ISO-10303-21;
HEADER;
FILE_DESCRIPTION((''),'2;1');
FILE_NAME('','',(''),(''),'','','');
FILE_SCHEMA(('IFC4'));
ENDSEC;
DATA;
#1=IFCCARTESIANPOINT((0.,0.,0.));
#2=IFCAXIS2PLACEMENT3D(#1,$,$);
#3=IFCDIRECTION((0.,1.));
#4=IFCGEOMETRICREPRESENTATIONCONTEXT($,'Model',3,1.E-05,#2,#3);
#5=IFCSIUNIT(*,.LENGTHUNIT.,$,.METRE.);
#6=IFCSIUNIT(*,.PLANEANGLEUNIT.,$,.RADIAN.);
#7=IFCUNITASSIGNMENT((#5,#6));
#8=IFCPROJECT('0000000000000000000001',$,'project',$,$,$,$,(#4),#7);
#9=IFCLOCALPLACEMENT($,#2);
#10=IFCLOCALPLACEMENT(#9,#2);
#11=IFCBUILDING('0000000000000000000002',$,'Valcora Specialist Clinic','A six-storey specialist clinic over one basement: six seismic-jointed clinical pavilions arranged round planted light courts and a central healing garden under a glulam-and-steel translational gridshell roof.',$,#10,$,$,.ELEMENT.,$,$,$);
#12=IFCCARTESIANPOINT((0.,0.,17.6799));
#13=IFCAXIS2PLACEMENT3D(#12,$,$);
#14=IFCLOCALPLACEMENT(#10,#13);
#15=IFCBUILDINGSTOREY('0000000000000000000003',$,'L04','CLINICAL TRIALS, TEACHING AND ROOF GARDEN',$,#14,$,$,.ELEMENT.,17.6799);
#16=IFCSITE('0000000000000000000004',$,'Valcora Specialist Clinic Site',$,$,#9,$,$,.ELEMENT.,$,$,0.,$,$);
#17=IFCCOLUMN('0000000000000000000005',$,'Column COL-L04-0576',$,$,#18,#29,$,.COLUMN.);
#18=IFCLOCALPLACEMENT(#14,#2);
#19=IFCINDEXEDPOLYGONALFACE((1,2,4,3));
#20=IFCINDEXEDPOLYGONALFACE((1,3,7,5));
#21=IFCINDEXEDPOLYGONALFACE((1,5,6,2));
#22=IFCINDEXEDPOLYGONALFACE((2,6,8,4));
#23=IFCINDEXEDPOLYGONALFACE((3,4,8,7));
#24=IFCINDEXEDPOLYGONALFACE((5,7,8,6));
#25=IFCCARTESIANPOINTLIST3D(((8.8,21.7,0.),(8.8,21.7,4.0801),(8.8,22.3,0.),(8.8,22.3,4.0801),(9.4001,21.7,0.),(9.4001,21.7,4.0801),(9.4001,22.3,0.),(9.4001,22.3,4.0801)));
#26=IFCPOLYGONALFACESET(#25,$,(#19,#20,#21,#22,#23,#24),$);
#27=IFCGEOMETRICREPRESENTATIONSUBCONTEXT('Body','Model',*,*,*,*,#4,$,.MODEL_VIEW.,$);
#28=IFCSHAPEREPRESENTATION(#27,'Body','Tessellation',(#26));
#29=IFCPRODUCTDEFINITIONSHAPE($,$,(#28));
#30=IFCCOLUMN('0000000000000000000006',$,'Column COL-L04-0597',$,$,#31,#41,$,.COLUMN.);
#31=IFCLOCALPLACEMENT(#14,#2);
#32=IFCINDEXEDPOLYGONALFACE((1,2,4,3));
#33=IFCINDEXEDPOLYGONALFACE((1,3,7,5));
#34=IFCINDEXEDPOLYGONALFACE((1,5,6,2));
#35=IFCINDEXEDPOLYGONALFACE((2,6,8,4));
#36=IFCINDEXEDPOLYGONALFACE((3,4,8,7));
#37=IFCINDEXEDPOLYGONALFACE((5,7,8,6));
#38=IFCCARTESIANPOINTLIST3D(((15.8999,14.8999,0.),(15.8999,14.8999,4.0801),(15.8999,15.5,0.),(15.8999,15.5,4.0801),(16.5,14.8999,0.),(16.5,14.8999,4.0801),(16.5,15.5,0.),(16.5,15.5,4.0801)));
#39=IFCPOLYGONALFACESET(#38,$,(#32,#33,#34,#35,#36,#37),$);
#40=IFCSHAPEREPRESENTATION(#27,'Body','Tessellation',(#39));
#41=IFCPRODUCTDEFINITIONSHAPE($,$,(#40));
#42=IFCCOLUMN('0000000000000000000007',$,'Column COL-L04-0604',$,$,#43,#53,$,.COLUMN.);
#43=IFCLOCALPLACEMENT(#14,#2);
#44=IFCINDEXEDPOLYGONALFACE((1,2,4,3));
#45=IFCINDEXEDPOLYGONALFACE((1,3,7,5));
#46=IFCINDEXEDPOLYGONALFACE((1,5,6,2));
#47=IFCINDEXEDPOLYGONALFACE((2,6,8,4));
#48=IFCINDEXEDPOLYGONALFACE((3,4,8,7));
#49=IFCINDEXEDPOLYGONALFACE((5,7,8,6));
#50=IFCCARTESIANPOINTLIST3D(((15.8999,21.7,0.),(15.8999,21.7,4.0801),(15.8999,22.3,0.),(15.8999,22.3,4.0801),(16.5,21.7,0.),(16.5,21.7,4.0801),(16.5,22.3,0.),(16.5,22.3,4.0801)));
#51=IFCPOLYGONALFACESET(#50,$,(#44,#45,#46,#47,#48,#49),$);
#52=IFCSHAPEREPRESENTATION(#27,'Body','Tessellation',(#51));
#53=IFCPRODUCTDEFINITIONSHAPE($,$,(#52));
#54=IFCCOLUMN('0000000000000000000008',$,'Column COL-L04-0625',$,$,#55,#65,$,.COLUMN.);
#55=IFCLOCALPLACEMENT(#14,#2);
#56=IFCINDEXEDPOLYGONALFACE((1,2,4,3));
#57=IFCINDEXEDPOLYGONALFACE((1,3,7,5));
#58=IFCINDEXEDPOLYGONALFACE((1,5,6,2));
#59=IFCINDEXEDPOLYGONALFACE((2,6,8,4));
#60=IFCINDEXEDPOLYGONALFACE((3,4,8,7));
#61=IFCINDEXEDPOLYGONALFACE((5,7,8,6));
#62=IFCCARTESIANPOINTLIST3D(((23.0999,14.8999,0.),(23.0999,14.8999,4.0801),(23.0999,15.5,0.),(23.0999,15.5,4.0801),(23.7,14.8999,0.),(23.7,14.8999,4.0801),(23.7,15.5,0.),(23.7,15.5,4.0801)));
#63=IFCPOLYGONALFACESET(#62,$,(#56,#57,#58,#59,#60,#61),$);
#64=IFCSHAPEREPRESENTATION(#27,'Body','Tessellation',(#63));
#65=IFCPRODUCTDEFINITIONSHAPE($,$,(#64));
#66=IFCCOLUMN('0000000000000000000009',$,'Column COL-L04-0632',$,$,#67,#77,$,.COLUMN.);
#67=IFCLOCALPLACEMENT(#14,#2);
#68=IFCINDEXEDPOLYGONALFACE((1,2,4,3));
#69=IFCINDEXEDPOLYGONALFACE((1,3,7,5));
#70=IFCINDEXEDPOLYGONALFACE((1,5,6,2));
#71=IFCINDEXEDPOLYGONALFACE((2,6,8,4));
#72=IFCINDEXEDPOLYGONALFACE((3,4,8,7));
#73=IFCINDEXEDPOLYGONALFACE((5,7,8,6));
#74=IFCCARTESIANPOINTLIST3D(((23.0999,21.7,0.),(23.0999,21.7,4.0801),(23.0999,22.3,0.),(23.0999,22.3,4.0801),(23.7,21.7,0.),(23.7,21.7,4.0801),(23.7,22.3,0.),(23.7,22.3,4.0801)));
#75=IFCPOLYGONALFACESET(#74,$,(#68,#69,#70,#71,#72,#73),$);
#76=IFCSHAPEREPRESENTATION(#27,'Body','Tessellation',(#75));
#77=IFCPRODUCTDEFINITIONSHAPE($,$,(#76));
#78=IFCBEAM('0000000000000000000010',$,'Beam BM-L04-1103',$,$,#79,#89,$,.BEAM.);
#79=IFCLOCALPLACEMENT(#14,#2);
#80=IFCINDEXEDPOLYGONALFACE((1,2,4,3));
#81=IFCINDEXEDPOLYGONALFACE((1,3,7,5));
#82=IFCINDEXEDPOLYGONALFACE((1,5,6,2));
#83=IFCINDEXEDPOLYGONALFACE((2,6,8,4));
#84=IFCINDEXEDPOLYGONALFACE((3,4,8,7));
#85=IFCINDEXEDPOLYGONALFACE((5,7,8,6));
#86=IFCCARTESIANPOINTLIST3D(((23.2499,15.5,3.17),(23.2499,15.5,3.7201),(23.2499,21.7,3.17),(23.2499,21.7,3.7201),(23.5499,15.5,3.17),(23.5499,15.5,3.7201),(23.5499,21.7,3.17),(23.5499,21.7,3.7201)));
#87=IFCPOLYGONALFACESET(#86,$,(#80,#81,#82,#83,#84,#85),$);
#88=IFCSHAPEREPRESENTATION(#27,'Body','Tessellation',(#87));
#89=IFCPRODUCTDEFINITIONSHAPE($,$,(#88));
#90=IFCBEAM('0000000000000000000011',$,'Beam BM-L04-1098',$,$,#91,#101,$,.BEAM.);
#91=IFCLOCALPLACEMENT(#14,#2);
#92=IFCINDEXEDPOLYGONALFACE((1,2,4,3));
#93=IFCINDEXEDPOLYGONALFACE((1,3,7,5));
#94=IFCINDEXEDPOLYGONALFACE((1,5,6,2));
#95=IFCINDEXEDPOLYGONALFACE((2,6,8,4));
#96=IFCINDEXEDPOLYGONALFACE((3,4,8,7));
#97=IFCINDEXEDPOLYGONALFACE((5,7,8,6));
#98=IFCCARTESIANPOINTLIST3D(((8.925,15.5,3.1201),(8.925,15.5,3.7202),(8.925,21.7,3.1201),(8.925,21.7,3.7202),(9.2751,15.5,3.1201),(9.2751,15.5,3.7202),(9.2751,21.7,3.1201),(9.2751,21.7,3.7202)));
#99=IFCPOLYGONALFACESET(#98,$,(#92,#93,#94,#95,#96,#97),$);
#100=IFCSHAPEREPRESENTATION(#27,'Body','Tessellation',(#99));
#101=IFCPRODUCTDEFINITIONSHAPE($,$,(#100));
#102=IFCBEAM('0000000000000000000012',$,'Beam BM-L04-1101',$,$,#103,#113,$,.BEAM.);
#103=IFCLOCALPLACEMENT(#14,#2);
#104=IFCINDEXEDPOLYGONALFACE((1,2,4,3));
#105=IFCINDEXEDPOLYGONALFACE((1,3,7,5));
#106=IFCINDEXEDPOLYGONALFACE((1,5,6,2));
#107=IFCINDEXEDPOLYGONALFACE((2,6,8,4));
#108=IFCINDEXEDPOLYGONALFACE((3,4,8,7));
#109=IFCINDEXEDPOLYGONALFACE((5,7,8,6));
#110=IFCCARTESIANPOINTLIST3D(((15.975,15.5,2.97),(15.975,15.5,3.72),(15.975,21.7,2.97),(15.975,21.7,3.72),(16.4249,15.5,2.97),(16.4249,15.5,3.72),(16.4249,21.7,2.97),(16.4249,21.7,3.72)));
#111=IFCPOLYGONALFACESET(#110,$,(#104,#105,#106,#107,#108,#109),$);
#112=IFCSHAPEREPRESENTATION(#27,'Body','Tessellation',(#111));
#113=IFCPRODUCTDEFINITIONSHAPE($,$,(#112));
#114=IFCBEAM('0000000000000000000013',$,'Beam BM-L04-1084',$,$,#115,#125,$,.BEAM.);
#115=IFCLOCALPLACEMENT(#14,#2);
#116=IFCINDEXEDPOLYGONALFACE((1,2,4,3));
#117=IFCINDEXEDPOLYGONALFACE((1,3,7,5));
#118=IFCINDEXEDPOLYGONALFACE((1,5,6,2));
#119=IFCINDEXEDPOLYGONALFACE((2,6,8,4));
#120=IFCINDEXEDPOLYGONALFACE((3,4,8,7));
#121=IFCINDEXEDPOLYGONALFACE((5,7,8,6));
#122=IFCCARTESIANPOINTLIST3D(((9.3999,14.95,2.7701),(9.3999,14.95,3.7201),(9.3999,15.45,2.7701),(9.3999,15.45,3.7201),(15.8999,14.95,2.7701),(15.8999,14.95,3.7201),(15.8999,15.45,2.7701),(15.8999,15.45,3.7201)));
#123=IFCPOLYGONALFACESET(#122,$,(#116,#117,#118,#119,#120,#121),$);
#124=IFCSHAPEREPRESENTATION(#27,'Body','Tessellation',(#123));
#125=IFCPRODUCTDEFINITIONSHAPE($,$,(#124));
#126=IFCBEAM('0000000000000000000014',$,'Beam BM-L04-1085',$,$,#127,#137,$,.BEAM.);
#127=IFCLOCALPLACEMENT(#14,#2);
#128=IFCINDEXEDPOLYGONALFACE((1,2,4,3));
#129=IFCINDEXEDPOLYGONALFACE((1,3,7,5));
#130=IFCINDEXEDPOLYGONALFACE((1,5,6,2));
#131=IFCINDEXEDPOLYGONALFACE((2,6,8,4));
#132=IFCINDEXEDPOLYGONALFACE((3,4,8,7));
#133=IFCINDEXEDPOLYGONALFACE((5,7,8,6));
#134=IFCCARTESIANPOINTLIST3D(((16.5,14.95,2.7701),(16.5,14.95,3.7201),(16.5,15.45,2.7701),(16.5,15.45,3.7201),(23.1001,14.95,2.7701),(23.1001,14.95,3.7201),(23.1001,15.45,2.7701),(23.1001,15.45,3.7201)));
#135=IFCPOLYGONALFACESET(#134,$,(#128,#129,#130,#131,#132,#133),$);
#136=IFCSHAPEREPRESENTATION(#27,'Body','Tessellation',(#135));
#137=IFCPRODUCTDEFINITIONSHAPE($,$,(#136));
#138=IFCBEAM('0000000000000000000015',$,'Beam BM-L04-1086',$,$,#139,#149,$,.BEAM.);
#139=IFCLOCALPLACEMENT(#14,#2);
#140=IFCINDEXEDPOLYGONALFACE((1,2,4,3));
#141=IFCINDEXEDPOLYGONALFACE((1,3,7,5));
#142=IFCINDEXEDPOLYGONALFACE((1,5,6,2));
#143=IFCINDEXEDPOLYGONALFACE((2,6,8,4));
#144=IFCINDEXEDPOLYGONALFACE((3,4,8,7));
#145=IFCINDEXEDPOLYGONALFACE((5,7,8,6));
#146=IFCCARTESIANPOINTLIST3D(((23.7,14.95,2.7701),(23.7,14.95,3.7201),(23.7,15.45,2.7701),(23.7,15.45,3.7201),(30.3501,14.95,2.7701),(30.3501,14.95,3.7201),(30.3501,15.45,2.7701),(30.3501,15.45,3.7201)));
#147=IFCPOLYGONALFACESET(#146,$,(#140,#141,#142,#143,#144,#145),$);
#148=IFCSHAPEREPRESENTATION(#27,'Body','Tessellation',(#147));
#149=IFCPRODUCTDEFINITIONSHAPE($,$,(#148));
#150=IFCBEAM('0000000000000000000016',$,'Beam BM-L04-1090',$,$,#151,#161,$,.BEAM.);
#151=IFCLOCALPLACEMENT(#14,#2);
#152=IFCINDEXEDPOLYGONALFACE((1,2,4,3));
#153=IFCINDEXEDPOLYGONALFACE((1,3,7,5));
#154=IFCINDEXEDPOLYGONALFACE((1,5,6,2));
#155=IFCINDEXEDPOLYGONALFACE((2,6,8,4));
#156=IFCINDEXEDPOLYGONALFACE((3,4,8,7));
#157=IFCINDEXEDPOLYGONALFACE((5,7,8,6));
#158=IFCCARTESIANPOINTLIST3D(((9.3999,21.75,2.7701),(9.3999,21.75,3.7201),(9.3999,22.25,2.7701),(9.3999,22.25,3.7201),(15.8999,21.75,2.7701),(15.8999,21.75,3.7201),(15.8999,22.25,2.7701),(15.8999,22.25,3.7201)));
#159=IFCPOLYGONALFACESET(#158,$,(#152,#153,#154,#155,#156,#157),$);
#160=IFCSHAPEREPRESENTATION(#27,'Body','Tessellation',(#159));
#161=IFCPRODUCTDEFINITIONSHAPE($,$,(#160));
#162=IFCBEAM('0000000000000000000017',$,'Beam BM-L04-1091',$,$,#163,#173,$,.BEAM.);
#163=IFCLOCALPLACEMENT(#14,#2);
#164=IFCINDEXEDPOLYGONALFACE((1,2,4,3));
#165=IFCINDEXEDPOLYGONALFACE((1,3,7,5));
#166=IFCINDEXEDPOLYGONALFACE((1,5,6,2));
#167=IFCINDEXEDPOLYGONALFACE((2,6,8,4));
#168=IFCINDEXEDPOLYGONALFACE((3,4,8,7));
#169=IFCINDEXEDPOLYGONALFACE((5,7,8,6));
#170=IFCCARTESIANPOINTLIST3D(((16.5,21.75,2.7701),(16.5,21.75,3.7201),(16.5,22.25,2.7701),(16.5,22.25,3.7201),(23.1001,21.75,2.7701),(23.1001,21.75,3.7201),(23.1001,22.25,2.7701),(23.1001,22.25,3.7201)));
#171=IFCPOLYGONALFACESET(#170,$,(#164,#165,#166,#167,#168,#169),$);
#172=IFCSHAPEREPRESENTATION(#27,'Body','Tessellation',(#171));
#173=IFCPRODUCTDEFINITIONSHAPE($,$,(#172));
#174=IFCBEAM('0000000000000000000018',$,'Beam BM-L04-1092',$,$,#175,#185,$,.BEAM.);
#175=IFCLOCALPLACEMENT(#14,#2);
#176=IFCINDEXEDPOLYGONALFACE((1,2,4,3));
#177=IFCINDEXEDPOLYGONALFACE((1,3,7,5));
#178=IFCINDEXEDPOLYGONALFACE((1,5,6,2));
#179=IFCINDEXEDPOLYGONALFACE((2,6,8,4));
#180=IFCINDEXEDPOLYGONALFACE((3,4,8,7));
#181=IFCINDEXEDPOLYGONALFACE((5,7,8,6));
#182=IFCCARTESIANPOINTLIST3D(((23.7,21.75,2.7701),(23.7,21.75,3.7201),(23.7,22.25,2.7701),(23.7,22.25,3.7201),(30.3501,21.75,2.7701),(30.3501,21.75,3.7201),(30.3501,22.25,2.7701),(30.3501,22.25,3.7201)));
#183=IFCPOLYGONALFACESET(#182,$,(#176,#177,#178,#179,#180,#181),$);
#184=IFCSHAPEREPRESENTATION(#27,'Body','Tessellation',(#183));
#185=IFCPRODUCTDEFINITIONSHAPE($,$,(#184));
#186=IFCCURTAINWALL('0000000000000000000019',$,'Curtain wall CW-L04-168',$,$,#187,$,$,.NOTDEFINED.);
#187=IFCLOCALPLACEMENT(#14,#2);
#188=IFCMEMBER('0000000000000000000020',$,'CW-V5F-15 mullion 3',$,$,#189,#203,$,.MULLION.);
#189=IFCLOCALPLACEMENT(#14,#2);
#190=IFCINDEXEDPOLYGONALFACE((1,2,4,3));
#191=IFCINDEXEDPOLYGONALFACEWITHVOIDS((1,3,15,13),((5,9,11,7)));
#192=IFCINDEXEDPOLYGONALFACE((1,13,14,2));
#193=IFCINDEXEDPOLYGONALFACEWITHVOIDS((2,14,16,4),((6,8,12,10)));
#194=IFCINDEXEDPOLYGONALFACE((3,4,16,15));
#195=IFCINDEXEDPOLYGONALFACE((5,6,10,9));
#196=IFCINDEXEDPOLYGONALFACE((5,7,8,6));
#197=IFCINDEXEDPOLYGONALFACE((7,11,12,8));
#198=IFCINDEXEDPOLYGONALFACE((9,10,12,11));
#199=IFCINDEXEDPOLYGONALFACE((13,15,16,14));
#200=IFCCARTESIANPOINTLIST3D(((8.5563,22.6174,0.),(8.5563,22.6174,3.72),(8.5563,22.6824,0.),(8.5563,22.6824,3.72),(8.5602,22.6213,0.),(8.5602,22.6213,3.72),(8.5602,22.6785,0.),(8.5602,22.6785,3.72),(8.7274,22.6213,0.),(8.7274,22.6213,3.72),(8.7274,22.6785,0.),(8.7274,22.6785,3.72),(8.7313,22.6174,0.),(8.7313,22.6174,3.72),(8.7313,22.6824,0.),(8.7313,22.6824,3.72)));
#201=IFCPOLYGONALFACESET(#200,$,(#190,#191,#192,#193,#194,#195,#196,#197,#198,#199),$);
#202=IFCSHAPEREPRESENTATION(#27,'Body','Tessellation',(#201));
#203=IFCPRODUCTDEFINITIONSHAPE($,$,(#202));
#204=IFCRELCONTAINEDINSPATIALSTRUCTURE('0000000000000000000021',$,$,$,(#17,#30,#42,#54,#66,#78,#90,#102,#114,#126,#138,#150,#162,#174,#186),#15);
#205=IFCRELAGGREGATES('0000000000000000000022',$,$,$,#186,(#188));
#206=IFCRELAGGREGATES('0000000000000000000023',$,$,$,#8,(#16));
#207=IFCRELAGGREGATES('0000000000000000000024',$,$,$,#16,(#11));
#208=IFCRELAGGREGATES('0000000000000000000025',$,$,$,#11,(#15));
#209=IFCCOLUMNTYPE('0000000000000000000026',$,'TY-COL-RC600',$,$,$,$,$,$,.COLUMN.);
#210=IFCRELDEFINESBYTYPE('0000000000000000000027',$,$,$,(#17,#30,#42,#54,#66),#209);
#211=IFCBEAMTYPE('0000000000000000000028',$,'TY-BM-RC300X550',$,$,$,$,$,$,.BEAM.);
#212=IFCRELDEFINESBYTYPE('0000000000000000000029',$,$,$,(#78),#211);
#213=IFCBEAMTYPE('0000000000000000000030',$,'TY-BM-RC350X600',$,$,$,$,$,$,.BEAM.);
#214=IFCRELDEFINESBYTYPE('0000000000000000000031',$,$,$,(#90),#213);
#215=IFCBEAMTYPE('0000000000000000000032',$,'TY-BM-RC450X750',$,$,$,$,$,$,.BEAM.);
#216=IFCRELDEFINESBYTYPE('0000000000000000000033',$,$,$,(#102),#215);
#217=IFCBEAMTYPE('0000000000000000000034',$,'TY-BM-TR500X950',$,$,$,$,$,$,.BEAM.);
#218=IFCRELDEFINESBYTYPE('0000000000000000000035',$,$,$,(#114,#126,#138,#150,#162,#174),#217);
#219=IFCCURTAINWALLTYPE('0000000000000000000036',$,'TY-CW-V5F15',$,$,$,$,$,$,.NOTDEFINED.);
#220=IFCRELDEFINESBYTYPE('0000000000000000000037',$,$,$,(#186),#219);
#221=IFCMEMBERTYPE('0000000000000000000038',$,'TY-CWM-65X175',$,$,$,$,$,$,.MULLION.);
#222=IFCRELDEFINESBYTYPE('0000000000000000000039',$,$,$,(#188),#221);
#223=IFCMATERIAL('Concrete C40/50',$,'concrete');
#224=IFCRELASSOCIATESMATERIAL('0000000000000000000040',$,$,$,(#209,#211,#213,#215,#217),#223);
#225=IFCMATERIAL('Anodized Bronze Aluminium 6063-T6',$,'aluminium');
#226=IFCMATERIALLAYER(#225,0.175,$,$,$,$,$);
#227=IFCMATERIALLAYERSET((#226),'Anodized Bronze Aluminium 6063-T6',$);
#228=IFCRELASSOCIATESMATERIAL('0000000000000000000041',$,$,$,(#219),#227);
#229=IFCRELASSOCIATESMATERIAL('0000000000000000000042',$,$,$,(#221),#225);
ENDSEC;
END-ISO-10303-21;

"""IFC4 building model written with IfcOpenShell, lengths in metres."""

from ifc_helpers import new_model, si_unit, direction, frame, origin, origin_2d, place, context, subcontext, project, spatial, rectangle, hollow_rectangle, extrude, material, layer, layer_set, material_profile, profile_set, type_object, element, aggregate, save


model = new_model("IFC4")

# Units and contexts
model_context = context("Model", 3, precision=1e-05, world=origin(), true_north=direction((0.0, 1.0)))
body_context = subcontext(model_context, "Body", "Model", "MODEL_VIEW")
ifc_project = project(units=[si_unit("LENGTHUNIT", "METRE"), si_unit("PLANEANGLEUNIT", "RADIAN")], contexts=[model_context])

# Site, building, storey
site_placement = place(None, origin())
site = spatial("IfcSite", under=ifc_project, at=site_placement, Name="Valcora Specialist Clinic Site", CompositionType="ELEMENT", RefElevation=0.0)
building_placement = place(site_placement, origin())
building = spatial("IfcBuilding", under=site, at=building_placement, Name="Valcora Specialist Clinic", Description="A six-storey specialist clinic over one basement: six seismic-jointed clinical pavilions arranged round planted light courts and a central healing garden under a glulam-and-steel translational gridshell roof.", CompositionType="ELEMENT")
storey_placement = place(building_placement, frame((0.0, 0.0, 17.6799)))
storey = spatial("IfcBuildingStorey", under=building, at=storey_placement, Name="L04", Description="CLINICAL TRIALS, TEACHING AND ROOF GARDEN", CompositionType="ELEMENT", Elevation=17.6799)

# Columns
ifc_material_1 = material(Name="Concrete C40/50", Category="concrete")
ifc_material_profile_1 = material_profile(ifc_material_1, rectangle(XDim=0.6001, YDim=0.6001, at=origin_2d()), Name="RC-COL-600X600")
ifc_profile_set_1 = profile_set([ifc_material_profile_1], Name="Concrete C40/50")
column_type = type_object("IfcColumnType", Name="TY-COL-RC600", PredefinedType="COLUMN", material=ifc_profile_set_1)
for number, where, z_axis, x_axis, name in (
    (1, (9.1001, 22.0, 0.0), (0.0, 0.0, 1.0), (1.0, 0.0, 0.0), "Column COL-L04-0576"),
    (2, (16.2, 15.2, 0.0), (0.0, 0.0, 1.0), (1.0, 0.0, 0.0), "Column COL-L04-0597"),
    (3, (16.2, 22.0, 0.0), (0.0, 0.0, 1.0), (1.0, 0.0, 0.0), "Column COL-L04-0604"),
    (4, (23.3999, 15.2, 0.0), (0.0, 0.0, 1.0), (1.0, 0.0, 0.0), "Column COL-L04-0625"),
    (5, (23.3999, 22.0, 0.0), (0.0, 0.0, 1.0), (1.0, 0.0, 0.0), "Column COL-L04-0632"),
):
    element("IfcColumn", number, at=place(storey_placement, frame(where, z_axis=z_axis, x_axis=x_axis)), inside=storey, type_object=column_type, Name=name, PredefinedType="COLUMN", context=body_context, shape_type="SweptSolid", body=[
        extrude(rectangle(XDim=0.6001, YDim=0.6001, at=origin_2d()), origin(), (0.0, 0.0, 1.0), 4.0801),
    ])

# Beams
ifc_material_profile_2 = material_profile(ifc_material_1, rectangle(XDim=0.3, YDim=0.55, at=origin_2d()), Name="RC-BM-300X550")
ifc_profile_set_2 = profile_set([ifc_material_profile_2], Name="Concrete C40/50")
beam_type_1 = type_object("IfcBeamType", Name="TY-BM-RC300X550", PredefinedType="BEAM", material=ifc_profile_set_2)
beam_1_placement = place(storey_placement, frame((23.3999, 15.5, 3.4451), z_axis=(0.0, 1.0, 0.0), x_axis=(-1.0, 0.0, 0.0)))
element("IfcBeam", 6, at=beam_1_placement, inside=storey, type_object=beam_type_1, Name="Beam BM-L04-1103", PredefinedType="BEAM", context=body_context, shape_type="SweptSolid", body=[
    extrude(rectangle(XDim=0.3, YDim=0.55, at=origin_2d()), origin(), (0.0, 0.0, 1.0), 6.2),
])
ifc_material_profile_3 = material_profile(ifc_material_1, rectangle(XDim=0.3501, YDim=0.6001, at=origin_2d()), Name="RC-BM-350X600")
ifc_profile_set_3 = profile_set([ifc_material_profile_3], Name="Concrete C40/50")
beam_type_2 = type_object("IfcBeamType", Name="TY-BM-RC350X600", PredefinedType="BEAM", material=ifc_profile_set_3)
beam_2_placement = place(storey_placement, frame((9.1001, 15.5, 3.4202), z_axis=(0.0, 1.0, 0.0), x_axis=(-1.0, 0.0, 0.0)))
element("IfcBeam", 7, at=beam_2_placement, inside=storey, type_object=beam_type_2, Name="Beam BM-L04-1098", PredefinedType="BEAM", context=body_context, shape_type="SweptSolid", body=[
    extrude(rectangle(XDim=0.3501, YDim=0.6001, at=origin_2d()), origin(), (0.0, 0.0, 1.0), 6.2),
])
ifc_material_profile_4 = material_profile(ifc_material_1, rectangle(XDim=0.45, YDim=0.75, at=origin_2d()), Name="RC-BM-450X750")
ifc_profile_set_4 = profile_set([ifc_material_profile_4], Name="Concrete C40/50")
beam_type_3 = type_object("IfcBeamType", Name="TY-BM-RC450X750", PredefinedType="BEAM", material=ifc_profile_set_4)
beam_3_placement = place(storey_placement, frame((16.2, 15.5, 3.345), z_axis=(0.0, 1.0, 0.0), x_axis=(-1.0, 0.0, 0.0)))
element("IfcBeam", 8, at=beam_3_placement, inside=storey, type_object=beam_type_3, Name="Beam BM-L04-1101", PredefinedType="BEAM", context=body_context, shape_type="SweptSolid", body=[
    extrude(rectangle(XDim=0.45, YDim=0.75, at=origin_2d()), origin(), (0.0, 0.0, 1.0), 6.2),
])
ifc_material_profile_5 = material_profile(ifc_material_1, rectangle(XDim=0.5, YDim=0.95, at=origin_2d()), Name="RC-BM-500X950")
ifc_profile_set_5 = profile_set([ifc_material_profile_5], Name="Concrete C40/50")
beam_type_4 = type_object("IfcBeamType", Name="TY-BM-TR500X950", PredefinedType="BEAM", material=ifc_profile_set_5)
beam_4_placement = place(storey_placement, frame((9.3999, 15.2, 3.2451), z_axis=(1.0, 0.0, 0.0), x_axis=(0.0, 1.0, 0.0)))
element("IfcBeam", 9, at=beam_4_placement, inside=storey, type_object=beam_type_4, Name="Beam BM-L04-1084", PredefinedType="BEAM", context=body_context, shape_type="SweptSolid", body=[
    extrude(rectangle(XDim=0.5, YDim=0.95, at=origin_2d()), origin(), (0.0, 0.0, 1.0), 6.5),
])
beam_5_placement = place(storey_placement, frame((16.5, 15.2, 3.2451), z_axis=(1.0, 0.0, 0.0), x_axis=(0.0, 1.0, 0.0)))
element("IfcBeam", 10, at=beam_5_placement, inside=storey, type_object=beam_type_4, Name="Beam BM-L04-1085", PredefinedType="BEAM", context=body_context, shape_type="SweptSolid", body=[
    extrude(rectangle(XDim=0.5, YDim=0.95, at=origin_2d()), origin(), (0.0, 0.0, 1.0), 6.6001),
])
beam_6_placement = place(storey_placement, frame((23.7, 15.2, 3.2451), z_axis=(1.0, 0.0, 0.0), x_axis=(0.0, 1.0, 0.0)))
element("IfcBeam", 11, at=beam_6_placement, inside=storey, type_object=beam_type_4, Name="Beam BM-L04-1086", PredefinedType="BEAM", context=body_context, shape_type="SweptSolid", body=[
    extrude(rectangle(XDim=0.5, YDim=0.95, at=origin_2d()), origin(), (0.0, 0.0, 1.0), 6.6501),
])
beam_7_placement = place(storey_placement, frame((9.3999, 22.0, 3.2451), z_axis=(1.0, 0.0, 0.0), x_axis=(0.0, 1.0, 0.0)))
element("IfcBeam", 12, at=beam_7_placement, inside=storey, type_object=beam_type_4, Name="Beam BM-L04-1090", PredefinedType="BEAM", context=body_context, shape_type="SweptSolid", body=[
    extrude(rectangle(XDim=0.5, YDim=0.95, at=origin_2d()), origin(), (0.0, 0.0, 1.0), 6.5),
])
beam_8_placement = place(storey_placement, frame((16.5, 22.0, 3.2451), z_axis=(1.0, 0.0, 0.0), x_axis=(0.0, 1.0, 0.0)))
element("IfcBeam", 13, at=beam_8_placement, inside=storey, type_object=beam_type_4, Name="Beam BM-L04-1091", PredefinedType="BEAM", context=body_context, shape_type="SweptSolid", body=[
    extrude(rectangle(XDim=0.5, YDim=0.95, at=origin_2d()), origin(), (0.0, 0.0, 1.0), 6.6001),
])
beam_9_placement = place(storey_placement, frame((23.7, 22.0, 3.2451), z_axis=(1.0, 0.0, 0.0), x_axis=(0.0, 1.0, 0.0)))
element("IfcBeam", 14, at=beam_9_placement, inside=storey, type_object=beam_type_4, Name="Beam BM-L04-1092", PredefinedType="BEAM", context=body_context, shape_type="SweptSolid", body=[
    extrude(rectangle(XDim=0.5, YDim=0.95, at=origin_2d()), origin(), (0.0, 0.0, 1.0), 6.6501),
])

# Curtain wall, member
ifc_material_2 = material(Name="Anodized Bronze Aluminium 6063-T6", Category="aluminium")
ifc_layer_1 = layer(ifc_material_2, 0.175)
ifc_layer_set_1 = layer_set([ifc_layer_1], Name="Anodized Bronze Aluminium 6063-T6")
curtain_wall_type = type_object("IfcCurtainWallType", Name="TY-CW-V5F15", PredefinedType="NOTDEFINED", material=ifc_layer_set_1)
curtain_wall_1_placement = place(storey_placement, origin())
curtain_wall_1 = element("IfcCurtainWall", 15, at=curtain_wall_1_placement, inside=storey, type_object=curtain_wall_type, Name="Curtain wall CW-L04-168", PredefinedType="NOTDEFINED")
ifc_material_profile_6 = material_profile(ifc_material_2, hollow_rectangle(XDim=0.0649, YDim=0.175, WallThickness=0.0039, at=origin_2d()), Name="AL-MUL-65X175")
ifc_profile_set_6 = profile_set([ifc_material_profile_6], Name="Anodized Bronze Aluminium 6063-T6")
member_type_1 = type_object("IfcMemberType", Name="TY-CWM-65X175", PredefinedType="MULLION", material=ifc_profile_set_6)
member_1_placement = place(storey_placement, frame((8.6438, 22.6499, 0.0), z_axis=(0.0, 0.0, 1.0), x_axis=(0.0, 1.0, 0.0)))
member_1 = element("IfcMember", 16, at=member_1_placement, type_object=member_type_1, Name="CW-V5F-15 mullion 3", PredefinedType="MULLION", context=body_context, shape_type="SweptSolid", body=[
    extrude(hollow_rectangle(XDim=0.0649, YDim=0.175, WallThickness=0.0039, at=origin_2d()), origin(), (0.0, 0.0, 1.0), 3.72),
])

aggregate(curtain_wall_1, [member_1])

save(model, "model.ifc")
